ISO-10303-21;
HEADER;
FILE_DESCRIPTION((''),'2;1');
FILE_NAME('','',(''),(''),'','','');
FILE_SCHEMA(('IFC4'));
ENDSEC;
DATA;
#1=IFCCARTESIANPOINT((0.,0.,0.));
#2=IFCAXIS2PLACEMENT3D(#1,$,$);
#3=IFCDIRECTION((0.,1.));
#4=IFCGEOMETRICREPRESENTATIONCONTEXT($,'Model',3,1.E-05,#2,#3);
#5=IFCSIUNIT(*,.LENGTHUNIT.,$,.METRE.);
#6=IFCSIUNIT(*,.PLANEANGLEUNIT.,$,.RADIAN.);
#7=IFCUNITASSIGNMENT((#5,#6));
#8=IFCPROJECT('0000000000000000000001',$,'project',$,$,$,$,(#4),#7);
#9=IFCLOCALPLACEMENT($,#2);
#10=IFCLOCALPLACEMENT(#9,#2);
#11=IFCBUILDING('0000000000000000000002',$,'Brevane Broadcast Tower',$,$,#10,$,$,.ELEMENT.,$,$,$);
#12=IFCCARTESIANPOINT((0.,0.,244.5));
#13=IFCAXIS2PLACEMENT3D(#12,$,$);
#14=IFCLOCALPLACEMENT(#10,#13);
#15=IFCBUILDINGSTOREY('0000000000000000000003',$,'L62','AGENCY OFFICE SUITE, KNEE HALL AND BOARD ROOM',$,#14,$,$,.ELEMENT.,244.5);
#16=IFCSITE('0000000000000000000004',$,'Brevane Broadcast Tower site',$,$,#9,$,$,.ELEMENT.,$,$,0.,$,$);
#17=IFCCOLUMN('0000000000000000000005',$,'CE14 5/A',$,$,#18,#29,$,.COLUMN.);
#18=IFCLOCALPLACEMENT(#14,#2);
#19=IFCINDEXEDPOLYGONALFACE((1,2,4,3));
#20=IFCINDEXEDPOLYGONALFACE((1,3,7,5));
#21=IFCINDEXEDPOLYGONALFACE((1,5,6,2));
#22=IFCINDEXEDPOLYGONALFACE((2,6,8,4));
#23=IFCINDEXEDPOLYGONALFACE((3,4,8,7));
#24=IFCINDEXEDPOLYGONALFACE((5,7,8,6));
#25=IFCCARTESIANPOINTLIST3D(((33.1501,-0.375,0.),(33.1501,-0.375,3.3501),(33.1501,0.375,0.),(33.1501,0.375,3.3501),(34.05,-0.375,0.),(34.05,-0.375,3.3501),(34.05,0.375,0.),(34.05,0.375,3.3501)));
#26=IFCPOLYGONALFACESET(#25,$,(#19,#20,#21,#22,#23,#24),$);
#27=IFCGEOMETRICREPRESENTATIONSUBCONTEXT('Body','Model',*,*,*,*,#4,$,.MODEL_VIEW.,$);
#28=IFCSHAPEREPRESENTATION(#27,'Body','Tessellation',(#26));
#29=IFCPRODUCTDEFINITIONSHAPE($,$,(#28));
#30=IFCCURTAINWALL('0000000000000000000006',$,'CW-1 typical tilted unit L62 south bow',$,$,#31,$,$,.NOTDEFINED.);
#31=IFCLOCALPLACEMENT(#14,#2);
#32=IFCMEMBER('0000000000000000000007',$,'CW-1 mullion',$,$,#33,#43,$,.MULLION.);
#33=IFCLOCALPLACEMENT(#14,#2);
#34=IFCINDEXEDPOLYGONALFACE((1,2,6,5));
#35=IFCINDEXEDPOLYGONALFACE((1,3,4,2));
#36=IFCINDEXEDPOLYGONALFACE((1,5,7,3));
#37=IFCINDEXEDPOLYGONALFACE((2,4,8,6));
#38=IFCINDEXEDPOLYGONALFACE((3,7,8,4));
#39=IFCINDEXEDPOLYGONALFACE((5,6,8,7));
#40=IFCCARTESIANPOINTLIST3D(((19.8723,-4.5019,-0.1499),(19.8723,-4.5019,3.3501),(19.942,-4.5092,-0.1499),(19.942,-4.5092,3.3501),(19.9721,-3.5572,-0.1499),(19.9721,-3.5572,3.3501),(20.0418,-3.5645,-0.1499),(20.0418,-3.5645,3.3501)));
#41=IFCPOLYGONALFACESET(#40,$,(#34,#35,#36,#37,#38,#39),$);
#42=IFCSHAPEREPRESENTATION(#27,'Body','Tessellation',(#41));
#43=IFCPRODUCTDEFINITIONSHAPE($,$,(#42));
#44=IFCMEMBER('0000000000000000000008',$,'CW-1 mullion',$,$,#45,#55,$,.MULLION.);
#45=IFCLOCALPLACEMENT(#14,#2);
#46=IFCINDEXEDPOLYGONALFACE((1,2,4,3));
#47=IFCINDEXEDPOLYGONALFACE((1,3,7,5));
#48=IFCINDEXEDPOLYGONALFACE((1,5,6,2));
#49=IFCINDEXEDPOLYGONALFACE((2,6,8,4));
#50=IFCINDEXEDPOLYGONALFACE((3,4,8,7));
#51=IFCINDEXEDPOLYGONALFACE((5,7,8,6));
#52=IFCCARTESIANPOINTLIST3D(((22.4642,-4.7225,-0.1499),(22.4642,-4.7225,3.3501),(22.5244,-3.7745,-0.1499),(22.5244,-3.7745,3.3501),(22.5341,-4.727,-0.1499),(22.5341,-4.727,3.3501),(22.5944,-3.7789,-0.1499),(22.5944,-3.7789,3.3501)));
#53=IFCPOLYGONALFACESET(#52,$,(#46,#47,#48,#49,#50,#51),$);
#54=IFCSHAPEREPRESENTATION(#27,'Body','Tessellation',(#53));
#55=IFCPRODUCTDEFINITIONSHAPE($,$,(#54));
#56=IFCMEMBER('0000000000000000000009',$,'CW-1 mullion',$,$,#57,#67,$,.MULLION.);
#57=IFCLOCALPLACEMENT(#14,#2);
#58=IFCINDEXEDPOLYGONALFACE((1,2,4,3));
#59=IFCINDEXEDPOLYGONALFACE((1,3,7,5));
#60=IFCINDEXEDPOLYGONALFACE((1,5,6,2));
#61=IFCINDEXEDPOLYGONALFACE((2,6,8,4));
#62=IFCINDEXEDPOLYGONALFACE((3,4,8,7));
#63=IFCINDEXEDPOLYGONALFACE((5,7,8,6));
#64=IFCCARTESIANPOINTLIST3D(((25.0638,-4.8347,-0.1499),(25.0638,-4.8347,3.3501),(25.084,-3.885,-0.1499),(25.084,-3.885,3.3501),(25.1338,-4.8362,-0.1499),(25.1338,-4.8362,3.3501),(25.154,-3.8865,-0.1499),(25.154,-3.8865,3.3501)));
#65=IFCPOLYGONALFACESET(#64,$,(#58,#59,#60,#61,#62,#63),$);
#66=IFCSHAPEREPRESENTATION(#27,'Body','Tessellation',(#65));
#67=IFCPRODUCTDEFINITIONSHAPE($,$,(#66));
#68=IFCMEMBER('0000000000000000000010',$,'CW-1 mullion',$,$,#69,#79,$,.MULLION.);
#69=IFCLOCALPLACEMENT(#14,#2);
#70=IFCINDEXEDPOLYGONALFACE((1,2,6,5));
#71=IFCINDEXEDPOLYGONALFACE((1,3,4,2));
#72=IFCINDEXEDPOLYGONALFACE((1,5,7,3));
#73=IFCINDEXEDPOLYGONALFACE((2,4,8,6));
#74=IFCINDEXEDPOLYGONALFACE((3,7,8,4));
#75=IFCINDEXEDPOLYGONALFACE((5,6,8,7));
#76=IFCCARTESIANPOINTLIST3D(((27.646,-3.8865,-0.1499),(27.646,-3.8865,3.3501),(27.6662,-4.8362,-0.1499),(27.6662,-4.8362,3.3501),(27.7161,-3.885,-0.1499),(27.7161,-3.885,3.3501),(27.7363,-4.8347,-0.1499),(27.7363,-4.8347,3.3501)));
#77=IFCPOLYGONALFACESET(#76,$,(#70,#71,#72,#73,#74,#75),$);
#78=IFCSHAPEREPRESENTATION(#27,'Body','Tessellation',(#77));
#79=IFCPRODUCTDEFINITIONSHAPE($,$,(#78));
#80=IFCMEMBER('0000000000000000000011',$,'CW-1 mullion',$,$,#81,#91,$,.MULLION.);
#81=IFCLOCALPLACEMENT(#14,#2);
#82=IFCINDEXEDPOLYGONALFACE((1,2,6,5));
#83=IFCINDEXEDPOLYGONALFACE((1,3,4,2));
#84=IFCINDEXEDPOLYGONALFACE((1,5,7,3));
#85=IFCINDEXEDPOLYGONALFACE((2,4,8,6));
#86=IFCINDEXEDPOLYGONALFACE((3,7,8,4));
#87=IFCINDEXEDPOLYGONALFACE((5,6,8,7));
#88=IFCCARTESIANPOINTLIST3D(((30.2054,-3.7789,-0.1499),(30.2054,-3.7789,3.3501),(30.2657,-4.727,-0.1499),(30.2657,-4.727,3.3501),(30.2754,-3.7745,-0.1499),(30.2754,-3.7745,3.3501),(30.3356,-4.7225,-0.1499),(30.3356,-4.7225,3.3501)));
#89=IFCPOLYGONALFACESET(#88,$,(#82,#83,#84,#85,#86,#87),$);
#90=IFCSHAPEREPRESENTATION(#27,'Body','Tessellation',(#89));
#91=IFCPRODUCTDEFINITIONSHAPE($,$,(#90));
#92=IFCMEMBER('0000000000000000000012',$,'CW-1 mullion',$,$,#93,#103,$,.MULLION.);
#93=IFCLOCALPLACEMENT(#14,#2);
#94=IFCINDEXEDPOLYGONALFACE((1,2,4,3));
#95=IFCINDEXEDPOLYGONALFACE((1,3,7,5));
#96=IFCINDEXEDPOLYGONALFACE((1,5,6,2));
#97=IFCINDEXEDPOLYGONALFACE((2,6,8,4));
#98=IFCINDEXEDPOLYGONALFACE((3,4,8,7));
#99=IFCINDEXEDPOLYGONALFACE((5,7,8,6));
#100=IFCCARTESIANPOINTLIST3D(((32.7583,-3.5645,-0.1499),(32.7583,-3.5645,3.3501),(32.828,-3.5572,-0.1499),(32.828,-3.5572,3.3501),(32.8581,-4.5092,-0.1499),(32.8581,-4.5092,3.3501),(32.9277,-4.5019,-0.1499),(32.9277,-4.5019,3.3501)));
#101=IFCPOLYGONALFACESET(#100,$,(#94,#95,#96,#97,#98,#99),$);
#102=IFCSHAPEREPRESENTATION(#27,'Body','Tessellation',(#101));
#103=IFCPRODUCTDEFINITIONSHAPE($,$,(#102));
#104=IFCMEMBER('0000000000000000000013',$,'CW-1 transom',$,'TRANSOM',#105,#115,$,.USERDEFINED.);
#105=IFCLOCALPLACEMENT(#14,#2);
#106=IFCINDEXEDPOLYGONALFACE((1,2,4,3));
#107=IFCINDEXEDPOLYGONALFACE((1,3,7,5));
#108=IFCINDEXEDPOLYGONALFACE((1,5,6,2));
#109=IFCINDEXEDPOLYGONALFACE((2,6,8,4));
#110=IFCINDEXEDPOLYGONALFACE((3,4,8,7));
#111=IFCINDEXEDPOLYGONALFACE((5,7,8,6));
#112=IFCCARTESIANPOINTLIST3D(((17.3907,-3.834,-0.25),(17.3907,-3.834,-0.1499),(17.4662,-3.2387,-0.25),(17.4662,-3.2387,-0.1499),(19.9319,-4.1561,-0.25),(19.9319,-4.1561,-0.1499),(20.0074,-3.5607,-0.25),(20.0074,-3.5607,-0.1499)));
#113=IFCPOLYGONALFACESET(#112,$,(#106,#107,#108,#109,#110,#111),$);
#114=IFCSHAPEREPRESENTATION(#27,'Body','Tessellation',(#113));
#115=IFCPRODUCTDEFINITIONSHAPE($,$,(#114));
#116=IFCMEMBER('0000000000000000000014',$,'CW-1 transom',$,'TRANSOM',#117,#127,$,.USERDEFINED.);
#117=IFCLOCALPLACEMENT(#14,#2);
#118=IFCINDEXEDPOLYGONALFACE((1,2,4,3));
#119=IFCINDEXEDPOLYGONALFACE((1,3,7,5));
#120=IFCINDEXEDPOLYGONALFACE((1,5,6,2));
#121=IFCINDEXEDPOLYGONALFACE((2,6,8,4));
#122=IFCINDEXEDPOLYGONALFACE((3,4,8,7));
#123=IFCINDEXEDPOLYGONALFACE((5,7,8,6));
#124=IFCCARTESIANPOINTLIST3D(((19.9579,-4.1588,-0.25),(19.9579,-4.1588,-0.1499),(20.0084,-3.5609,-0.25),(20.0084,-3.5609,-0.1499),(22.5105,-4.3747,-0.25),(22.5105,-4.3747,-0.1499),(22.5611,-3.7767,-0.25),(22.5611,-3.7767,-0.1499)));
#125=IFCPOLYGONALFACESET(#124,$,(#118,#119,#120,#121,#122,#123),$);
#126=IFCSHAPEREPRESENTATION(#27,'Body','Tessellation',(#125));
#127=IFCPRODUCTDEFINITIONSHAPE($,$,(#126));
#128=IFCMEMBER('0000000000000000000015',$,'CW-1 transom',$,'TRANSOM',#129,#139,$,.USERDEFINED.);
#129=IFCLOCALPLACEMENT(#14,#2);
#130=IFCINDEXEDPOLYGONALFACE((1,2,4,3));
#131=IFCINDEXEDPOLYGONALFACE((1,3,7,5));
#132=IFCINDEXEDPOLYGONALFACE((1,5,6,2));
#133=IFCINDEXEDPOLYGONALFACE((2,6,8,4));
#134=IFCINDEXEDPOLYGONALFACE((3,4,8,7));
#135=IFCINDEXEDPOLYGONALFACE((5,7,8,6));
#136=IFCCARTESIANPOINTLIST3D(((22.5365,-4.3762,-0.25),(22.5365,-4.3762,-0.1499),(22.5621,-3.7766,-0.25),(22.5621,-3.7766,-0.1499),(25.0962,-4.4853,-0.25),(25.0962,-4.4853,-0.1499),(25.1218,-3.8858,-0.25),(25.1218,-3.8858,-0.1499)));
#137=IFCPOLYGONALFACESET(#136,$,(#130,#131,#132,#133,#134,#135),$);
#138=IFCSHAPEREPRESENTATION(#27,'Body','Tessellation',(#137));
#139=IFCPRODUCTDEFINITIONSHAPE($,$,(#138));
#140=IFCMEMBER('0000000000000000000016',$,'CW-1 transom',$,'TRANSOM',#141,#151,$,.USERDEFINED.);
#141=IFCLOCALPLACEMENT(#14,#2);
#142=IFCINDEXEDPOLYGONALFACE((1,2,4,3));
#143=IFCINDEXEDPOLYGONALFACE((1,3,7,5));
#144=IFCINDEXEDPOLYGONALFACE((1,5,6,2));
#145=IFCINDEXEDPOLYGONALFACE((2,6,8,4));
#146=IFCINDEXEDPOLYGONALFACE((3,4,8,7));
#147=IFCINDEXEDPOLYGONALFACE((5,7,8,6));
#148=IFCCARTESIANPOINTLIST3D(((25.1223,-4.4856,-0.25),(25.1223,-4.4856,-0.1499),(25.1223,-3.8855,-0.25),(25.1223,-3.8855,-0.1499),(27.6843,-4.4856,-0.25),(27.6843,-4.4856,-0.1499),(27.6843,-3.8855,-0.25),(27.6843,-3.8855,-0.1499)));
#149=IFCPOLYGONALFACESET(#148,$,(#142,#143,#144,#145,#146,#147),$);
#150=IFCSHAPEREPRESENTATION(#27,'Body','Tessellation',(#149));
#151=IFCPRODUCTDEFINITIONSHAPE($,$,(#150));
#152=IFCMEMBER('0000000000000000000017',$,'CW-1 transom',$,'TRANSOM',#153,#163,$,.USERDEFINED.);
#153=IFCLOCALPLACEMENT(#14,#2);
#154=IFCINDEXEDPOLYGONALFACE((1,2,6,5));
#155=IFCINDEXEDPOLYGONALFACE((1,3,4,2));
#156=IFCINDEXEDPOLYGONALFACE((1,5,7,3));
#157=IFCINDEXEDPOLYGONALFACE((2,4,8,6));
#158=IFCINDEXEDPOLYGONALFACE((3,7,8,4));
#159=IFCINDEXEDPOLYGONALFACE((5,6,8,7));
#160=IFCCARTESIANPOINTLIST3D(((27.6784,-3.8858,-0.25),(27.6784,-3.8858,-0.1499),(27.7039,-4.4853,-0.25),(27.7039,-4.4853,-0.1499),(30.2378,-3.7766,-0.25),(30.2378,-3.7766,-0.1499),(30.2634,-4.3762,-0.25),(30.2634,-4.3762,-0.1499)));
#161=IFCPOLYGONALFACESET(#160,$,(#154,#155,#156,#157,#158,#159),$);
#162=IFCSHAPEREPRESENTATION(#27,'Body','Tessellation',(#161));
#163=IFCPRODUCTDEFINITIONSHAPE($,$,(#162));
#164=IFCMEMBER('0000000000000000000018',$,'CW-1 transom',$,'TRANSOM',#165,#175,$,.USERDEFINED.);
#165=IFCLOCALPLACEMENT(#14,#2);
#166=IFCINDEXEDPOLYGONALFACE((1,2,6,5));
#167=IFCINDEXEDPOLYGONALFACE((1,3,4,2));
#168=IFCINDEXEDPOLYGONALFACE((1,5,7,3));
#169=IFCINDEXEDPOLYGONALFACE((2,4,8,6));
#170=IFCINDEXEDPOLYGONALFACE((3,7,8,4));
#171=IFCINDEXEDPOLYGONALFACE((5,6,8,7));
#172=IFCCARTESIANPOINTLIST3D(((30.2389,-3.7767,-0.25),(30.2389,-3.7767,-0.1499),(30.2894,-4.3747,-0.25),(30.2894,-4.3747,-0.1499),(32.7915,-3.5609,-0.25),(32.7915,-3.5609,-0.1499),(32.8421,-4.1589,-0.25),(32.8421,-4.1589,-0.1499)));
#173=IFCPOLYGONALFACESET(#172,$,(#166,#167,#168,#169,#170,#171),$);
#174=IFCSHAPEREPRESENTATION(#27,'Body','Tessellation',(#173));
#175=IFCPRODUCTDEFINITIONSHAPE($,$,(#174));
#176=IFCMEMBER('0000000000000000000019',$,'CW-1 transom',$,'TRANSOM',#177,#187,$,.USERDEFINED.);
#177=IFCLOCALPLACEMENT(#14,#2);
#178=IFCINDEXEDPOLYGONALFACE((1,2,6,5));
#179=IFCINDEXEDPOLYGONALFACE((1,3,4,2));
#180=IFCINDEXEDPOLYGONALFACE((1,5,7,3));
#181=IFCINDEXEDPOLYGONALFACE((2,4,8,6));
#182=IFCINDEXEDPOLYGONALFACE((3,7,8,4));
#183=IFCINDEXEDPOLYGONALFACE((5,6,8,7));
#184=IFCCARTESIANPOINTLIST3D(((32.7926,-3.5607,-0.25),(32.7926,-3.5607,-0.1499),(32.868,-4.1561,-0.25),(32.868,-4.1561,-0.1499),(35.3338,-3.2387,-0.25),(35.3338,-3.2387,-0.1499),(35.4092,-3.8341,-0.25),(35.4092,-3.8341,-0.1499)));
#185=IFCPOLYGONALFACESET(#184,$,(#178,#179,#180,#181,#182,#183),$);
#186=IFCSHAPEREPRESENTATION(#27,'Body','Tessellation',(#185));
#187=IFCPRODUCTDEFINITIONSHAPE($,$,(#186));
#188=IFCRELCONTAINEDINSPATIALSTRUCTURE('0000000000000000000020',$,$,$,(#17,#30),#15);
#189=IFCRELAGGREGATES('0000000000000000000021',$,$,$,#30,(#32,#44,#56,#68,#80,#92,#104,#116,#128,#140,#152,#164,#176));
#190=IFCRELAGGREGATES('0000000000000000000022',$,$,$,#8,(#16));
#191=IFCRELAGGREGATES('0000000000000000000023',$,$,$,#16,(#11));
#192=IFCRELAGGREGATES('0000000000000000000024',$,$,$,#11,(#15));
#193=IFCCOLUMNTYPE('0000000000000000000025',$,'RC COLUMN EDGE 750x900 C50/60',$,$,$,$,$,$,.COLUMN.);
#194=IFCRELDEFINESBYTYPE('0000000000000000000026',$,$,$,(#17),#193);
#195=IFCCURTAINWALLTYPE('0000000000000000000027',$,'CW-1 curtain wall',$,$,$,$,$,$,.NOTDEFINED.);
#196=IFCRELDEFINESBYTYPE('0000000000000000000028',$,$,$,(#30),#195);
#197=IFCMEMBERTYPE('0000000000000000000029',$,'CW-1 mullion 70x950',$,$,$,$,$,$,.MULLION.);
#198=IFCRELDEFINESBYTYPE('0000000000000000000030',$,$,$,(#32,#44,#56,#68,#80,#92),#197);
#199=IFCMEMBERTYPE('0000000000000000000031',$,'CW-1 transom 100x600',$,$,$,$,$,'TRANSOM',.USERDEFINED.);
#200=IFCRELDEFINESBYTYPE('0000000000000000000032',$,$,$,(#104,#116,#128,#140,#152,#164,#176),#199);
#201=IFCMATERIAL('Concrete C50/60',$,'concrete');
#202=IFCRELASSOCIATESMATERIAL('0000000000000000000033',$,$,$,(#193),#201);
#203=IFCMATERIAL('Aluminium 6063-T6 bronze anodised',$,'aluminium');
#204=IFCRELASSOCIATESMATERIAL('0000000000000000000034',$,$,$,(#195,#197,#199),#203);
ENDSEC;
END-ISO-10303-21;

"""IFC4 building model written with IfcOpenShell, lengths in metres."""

from ifc_helpers import new_model, si_unit, direction, frame, origin, origin_2d, place, context, subcontext, project, spatial, rectangle, extrude, material, material_profile, profile_set, type_object, element, aggregate, save


model = new_model("IFC4")

# Units and contexts
model_context = context("Model", 3, precision=1e-05, world=origin(), true_north=direction((0.0, 1.0)))
body_context = subcontext(model_context, "Body", "Model", "MODEL_VIEW")
ifc_project = project(units=[si_unit("LENGTHUNIT", "METRE"), si_unit("PLANEANGLEUNIT", "RADIAN")], contexts=[model_context])

# Site, building, storey
site_placement = place(None, origin())
site = spatial("IfcSite", under=ifc_project, at=site_placement, Name="Brevane Broadcast Tower site", CompositionType="ELEMENT", RefElevation=0.0)
building_placement = place(site_placement, origin())
building = spatial("IfcBuilding", under=site, at=building_placement, Name="Brevane Broadcast Tower", CompositionType="ELEMENT")
storey_placement = place(building_placement, frame((0.0, 0.0, 244.5)))
storey = spatial("IfcBuildingStorey", under=building, at=storey_placement, Name="L62", Description="AGENCY OFFICE SUITE, KNEE HALL AND BOARD ROOM", CompositionType="ELEMENT", Elevation=244.5)

# Column
ifc_material_1 = material(Name="Concrete C50/60", Category="concrete")
ifc_material_profile_1 = material_profile(ifc_material_1, rectangle(XDim=0.75, YDim=0.8999, at=origin_2d()), Name="RC 750x900")
ifc_profile_set_1 = profile_set([ifc_material_profile_1], Name="Concrete C50/60")
column_type = type_object("IfcColumnType", Name="RC COLUMN EDGE 750x900 C50/60", PredefinedType="COLUMN", material=ifc_profile_set_1)
column_placement = place(storey_placement, frame((33.6001, 0.0, 0.0), z_axis=(0.0, 0.0, 1.0), x_axis=(0.0, 1.0, 0.0)))
element("IfcColumn", 1, at=column_placement, inside=storey, type_object=column_type, Name="CE14 5/A", PredefinedType="COLUMN", context=body_context, shape_type="SweptSolid", body=[
    extrude(rectangle(XDim=0.75, YDim=0.8999, at=origin_2d()), origin(), (0.0, 0.0, 1.0), 3.3501),
])

# Curtain wall, members
ifc_material_2 = material(Name="Aluminium 6063-T6 bronze anodised", Category="aluminium")
curtain_wall_type = type_object("IfcCurtainWallType", Name="CW-1 curtain wall", PredefinedType="NOTDEFINED", material=ifc_material_2)
curtain_wall_placement = place(storey_placement, origin())
curtain_wall = element("IfcCurtainWall", 2, at=curtain_wall_placement, inside=storey, type_object=curtain_wall_type, Name="CW-1 typical tilted unit L62 south bow", PredefinedType="NOTDEFINED")
ifc_material_profile_2 = material_profile(ifc_material_2, rectangle(XDim=0.95, YDim=0.0701, at=origin_2d()), Name="RECT 70x950")
ifc_profile_set_2 = profile_set([ifc_material_profile_2], Name="Aluminium 6063-T6 bronze anodised")
member_type_1 = type_object("IfcMemberType", Name="CW-1 mullion 70x950", PredefinedType="MULLION", material=ifc_profile_set_2)
member_1_placement = place(storey_placement, frame((19.957, -4.0332, -0.1499), z_axis=(0.0, 0.0, 1.0), x_axis=(0.105018, 0.99447, 0.0)))
member_1 = element("IfcMember", 3, at=member_1_placement, type_object=member_type_1, Name="CW-1 mullion", PredefinedType="MULLION", context=body_context, shape_type="SweptSolid", body=[
    extrude(rectangle(XDim=0.95, YDim=0.0701, at=origin_2d()), origin(), (0.0, 0.0, 1.0), 3.5),
])
member_2_placement = place(storey_placement, frame((22.5293, -4.2507, -0.1499), z_axis=(0.0, 0.0, 1.0), x_axis=(0.063406, 0.997988, 0.0)))
member_2 = element("IfcMember", 4, at=member_2_placement, type_object=member_type_1, Name="CW-1 mullion", PredefinedType="MULLION", context=body_context, shape_type="SweptSolid", body=[
    extrude(rectangle(XDim=0.95, YDim=0.0701, at=origin_2d()), origin(), (0.0, 0.0, 1.0), 3.5),
])
member_3_placement = place(storey_placement, frame((25.1089, -4.3606, -0.1499), z_axis=(0.0, 0.0, 1.0), x_axis=(0.021282, 0.999774, 0.0)))
member_3 = element("IfcMember", 5, at=member_3_placement, type_object=member_type_1, Name="CW-1 mullion", PredefinedType="MULLION", context=body_context, shape_type="SweptSolid", body=[
    extrude(rectangle(XDim=0.95, YDim=0.0701, at=origin_2d()), origin(), (0.0, 0.0, 1.0), 3.5),
])
member_4_placement = place(storey_placement, frame((27.6912, -4.3606, -0.1499), z_axis=(0.0, 0.0, 1.0), x_axis=(-0.021282, 0.999774, 0.0)))
member_4 = element("IfcMember", 6, at=member_4_placement, type_object=member_type_1, Name="CW-1 mullion", PredefinedType="MULLION", context=body_context, shape_type="SweptSolid", body=[
    extrude(rectangle(XDim=0.95, YDim=0.0701, at=origin_2d()), origin(), (0.0, 0.0, 1.0), 3.5),
])
member_5_placement = place(storey_placement, frame((30.2705, -4.2507, -0.1499), z_axis=(0.0, 0.0, 1.0), x_axis=(-0.063406, 0.997988, 0.0)))
member_5 = element("IfcMember", 7, at=member_5_placement, type_object=member_type_1, Name="CW-1 mullion", PredefinedType="MULLION", context=body_context, shape_type="SweptSolid", body=[
    extrude(rectangle(XDim=0.95, YDim=0.0701, at=origin_2d()), origin(), (0.0, 0.0, 1.0), 3.5),
])
member_6_placement = place(storey_placement, frame((32.843, -4.0332, -0.1499), z_axis=(0.0, 0.0, 1.0), x_axis=(-0.105018, 0.99447, 0.0)))
member_6 = element("IfcMember", 8, at=member_6_placement, type_object=member_type_1, Name="CW-1 mullion", PredefinedType="MULLION", context=body_context, shape_type="SweptSolid", body=[
    extrude(rectangle(XDim=0.95, YDim=0.0701, at=origin_2d()), origin(), (0.0, 0.0, 1.0), 3.5),
])
ifc_material_profile_3 = material_profile(ifc_material_2, rectangle(XDim=0.6001, YDim=0.1001, at=origin_2d()), Name="RECT 100x600")
ifc_profile_set_3 = profile_set([ifc_material_profile_3], Name="Aluminium 6063-T6 bronze anodised")
member_type_2 = type_object("IfcMemberType", Name="CW-1 transom 100x600", ElementType="TRANSOM", PredefinedType="USERDEFINED", material=ifc_profile_set_3)
member_7_placement = place(storey_placement, frame((17.4285, -3.5364, -0.2), z_axis=(0.992067, -0.125712, 0.0), x_axis=(0.125712, 0.992067, 0.0)))
member_7 = element("IfcMember", 9, at=member_7_placement, type_object=member_type_2, Name="CW-1 transom", ObjectType="TRANSOM", PredefinedType="USERDEFINED", context=body_context, shape_type="SweptSolid", body=[
    extrude(rectangle(XDim=0.6001, YDim=0.1001, at=origin_2d()), origin(), (0.0, 0.0, 1.0), 2.5615),
])
member_8_placement = place(storey_placement, frame((19.9832, -3.8599, -0.2), z_axis=(0.996445, -0.084244, 0.0), x_axis=(0.084244, 0.996445, 0.0)))
member_8 = element("IfcMember", 10, at=member_8_placement, type_object=member_type_2, Name="CW-1 transom", ObjectType="TRANSOM", PredefinedType="USERDEFINED", context=body_context, shape_type="SweptSolid", body=[
    extrude(rectangle(XDim=0.6001, YDim=0.1001, at=origin_2d()), origin(), (0.0, 0.0, 1.0), 2.5618),
])
member_9_placement = place(storey_placement, frame((22.5493, -4.0764, -0.2), z_axis=(0.999092, -0.042598, 0.0), x_axis=(0.042598, 0.999092, 0.0)))
member_9 = element("IfcMember", 11, at=member_9_placement, type_object=member_type_2, Name="CW-1 transom", ObjectType="TRANSOM", PredefinedType="USERDEFINED", context=body_context, shape_type="SweptSolid", body=[
    extrude(rectangle(XDim=0.6001, YDim=0.1001, at=origin_2d()), origin(), (0.0, 0.0, 1.0), 2.562),
])
member_10_placement = place(storey_placement, frame((25.1223, -4.1855, -0.2), z_axis=(1.0, 0.0, 0.0), x_axis=(0.0, 1.0, 0.0)))
member_10 = element("IfcMember", 12, at=member_10_placement, type_object=member_type_2, Name="CW-1 transom", ObjectType="TRANSOM", PredefinedType="USERDEFINED", context=body_context, shape_type="SweptSolid", body=[
    extrude(rectangle(XDim=0.6001, YDim=0.1001, at=origin_2d()), origin(), (0.0, 0.0, 1.0), 2.562),
])
member_11_placement = place(storey_placement, frame((27.6912, -4.1855, -0.2), z_axis=(0.999092, 0.042602, 0.0), x_axis=(-0.042602, 0.999092, 0.0)))
member_11 = element("IfcMember", 13, at=member_11_placement, type_object=member_type_2, Name="CW-1 transom", ObjectType="TRANSOM", PredefinedType="USERDEFINED", context=body_context, shape_type="SweptSolid", body=[
    extrude(rectangle(XDim=0.6001, YDim=0.1001, at=origin_2d()), origin(), (0.0, 0.0, 1.0), 2.5618),
])
member_12_placement = place(storey_placement, frame((30.2642, -4.0757, -0.2), z_axis=(0.996445, 0.084244, 0.0), x_axis=(-0.084244, 0.996445, 0.0)))
member_12 = element("IfcMember", 14, at=member_12_placement, type_object=member_type_2, Name="CW-1 transom", ObjectType="TRANSOM", PredefinedType="USERDEFINED", context=body_context, shape_type="SweptSolid", body=[
    extrude(rectangle(XDim=0.6001, YDim=0.1001, at=origin_2d()), origin(), (0.0, 0.0, 1.0), 2.5618),
])
member_13_placement = place(storey_placement, frame((32.8303, -3.8584, -0.2), z_axis=(0.992067, 0.125712, 0.0), x_axis=(-0.125712, 0.992067, 0.0)))
member_13 = element("IfcMember", 15, at=member_13_placement, type_object=member_type_2, Name="CW-1 transom", ObjectType="TRANSOM", PredefinedType="USERDEFINED", context=body_context, shape_type="SweptSolid", body=[
    extrude(rectangle(XDim=0.6001, YDim=0.1001, at=origin_2d()), origin(), (0.0, 0.0, 1.0), 2.5615),
])
aggregate(curtain_wall, [member_1, member_2, member_3, member_4, member_5, member_6, member_7, member_8, member_9, member_10, member_11, member_12, member_13])

save(model, "model.ifc")
